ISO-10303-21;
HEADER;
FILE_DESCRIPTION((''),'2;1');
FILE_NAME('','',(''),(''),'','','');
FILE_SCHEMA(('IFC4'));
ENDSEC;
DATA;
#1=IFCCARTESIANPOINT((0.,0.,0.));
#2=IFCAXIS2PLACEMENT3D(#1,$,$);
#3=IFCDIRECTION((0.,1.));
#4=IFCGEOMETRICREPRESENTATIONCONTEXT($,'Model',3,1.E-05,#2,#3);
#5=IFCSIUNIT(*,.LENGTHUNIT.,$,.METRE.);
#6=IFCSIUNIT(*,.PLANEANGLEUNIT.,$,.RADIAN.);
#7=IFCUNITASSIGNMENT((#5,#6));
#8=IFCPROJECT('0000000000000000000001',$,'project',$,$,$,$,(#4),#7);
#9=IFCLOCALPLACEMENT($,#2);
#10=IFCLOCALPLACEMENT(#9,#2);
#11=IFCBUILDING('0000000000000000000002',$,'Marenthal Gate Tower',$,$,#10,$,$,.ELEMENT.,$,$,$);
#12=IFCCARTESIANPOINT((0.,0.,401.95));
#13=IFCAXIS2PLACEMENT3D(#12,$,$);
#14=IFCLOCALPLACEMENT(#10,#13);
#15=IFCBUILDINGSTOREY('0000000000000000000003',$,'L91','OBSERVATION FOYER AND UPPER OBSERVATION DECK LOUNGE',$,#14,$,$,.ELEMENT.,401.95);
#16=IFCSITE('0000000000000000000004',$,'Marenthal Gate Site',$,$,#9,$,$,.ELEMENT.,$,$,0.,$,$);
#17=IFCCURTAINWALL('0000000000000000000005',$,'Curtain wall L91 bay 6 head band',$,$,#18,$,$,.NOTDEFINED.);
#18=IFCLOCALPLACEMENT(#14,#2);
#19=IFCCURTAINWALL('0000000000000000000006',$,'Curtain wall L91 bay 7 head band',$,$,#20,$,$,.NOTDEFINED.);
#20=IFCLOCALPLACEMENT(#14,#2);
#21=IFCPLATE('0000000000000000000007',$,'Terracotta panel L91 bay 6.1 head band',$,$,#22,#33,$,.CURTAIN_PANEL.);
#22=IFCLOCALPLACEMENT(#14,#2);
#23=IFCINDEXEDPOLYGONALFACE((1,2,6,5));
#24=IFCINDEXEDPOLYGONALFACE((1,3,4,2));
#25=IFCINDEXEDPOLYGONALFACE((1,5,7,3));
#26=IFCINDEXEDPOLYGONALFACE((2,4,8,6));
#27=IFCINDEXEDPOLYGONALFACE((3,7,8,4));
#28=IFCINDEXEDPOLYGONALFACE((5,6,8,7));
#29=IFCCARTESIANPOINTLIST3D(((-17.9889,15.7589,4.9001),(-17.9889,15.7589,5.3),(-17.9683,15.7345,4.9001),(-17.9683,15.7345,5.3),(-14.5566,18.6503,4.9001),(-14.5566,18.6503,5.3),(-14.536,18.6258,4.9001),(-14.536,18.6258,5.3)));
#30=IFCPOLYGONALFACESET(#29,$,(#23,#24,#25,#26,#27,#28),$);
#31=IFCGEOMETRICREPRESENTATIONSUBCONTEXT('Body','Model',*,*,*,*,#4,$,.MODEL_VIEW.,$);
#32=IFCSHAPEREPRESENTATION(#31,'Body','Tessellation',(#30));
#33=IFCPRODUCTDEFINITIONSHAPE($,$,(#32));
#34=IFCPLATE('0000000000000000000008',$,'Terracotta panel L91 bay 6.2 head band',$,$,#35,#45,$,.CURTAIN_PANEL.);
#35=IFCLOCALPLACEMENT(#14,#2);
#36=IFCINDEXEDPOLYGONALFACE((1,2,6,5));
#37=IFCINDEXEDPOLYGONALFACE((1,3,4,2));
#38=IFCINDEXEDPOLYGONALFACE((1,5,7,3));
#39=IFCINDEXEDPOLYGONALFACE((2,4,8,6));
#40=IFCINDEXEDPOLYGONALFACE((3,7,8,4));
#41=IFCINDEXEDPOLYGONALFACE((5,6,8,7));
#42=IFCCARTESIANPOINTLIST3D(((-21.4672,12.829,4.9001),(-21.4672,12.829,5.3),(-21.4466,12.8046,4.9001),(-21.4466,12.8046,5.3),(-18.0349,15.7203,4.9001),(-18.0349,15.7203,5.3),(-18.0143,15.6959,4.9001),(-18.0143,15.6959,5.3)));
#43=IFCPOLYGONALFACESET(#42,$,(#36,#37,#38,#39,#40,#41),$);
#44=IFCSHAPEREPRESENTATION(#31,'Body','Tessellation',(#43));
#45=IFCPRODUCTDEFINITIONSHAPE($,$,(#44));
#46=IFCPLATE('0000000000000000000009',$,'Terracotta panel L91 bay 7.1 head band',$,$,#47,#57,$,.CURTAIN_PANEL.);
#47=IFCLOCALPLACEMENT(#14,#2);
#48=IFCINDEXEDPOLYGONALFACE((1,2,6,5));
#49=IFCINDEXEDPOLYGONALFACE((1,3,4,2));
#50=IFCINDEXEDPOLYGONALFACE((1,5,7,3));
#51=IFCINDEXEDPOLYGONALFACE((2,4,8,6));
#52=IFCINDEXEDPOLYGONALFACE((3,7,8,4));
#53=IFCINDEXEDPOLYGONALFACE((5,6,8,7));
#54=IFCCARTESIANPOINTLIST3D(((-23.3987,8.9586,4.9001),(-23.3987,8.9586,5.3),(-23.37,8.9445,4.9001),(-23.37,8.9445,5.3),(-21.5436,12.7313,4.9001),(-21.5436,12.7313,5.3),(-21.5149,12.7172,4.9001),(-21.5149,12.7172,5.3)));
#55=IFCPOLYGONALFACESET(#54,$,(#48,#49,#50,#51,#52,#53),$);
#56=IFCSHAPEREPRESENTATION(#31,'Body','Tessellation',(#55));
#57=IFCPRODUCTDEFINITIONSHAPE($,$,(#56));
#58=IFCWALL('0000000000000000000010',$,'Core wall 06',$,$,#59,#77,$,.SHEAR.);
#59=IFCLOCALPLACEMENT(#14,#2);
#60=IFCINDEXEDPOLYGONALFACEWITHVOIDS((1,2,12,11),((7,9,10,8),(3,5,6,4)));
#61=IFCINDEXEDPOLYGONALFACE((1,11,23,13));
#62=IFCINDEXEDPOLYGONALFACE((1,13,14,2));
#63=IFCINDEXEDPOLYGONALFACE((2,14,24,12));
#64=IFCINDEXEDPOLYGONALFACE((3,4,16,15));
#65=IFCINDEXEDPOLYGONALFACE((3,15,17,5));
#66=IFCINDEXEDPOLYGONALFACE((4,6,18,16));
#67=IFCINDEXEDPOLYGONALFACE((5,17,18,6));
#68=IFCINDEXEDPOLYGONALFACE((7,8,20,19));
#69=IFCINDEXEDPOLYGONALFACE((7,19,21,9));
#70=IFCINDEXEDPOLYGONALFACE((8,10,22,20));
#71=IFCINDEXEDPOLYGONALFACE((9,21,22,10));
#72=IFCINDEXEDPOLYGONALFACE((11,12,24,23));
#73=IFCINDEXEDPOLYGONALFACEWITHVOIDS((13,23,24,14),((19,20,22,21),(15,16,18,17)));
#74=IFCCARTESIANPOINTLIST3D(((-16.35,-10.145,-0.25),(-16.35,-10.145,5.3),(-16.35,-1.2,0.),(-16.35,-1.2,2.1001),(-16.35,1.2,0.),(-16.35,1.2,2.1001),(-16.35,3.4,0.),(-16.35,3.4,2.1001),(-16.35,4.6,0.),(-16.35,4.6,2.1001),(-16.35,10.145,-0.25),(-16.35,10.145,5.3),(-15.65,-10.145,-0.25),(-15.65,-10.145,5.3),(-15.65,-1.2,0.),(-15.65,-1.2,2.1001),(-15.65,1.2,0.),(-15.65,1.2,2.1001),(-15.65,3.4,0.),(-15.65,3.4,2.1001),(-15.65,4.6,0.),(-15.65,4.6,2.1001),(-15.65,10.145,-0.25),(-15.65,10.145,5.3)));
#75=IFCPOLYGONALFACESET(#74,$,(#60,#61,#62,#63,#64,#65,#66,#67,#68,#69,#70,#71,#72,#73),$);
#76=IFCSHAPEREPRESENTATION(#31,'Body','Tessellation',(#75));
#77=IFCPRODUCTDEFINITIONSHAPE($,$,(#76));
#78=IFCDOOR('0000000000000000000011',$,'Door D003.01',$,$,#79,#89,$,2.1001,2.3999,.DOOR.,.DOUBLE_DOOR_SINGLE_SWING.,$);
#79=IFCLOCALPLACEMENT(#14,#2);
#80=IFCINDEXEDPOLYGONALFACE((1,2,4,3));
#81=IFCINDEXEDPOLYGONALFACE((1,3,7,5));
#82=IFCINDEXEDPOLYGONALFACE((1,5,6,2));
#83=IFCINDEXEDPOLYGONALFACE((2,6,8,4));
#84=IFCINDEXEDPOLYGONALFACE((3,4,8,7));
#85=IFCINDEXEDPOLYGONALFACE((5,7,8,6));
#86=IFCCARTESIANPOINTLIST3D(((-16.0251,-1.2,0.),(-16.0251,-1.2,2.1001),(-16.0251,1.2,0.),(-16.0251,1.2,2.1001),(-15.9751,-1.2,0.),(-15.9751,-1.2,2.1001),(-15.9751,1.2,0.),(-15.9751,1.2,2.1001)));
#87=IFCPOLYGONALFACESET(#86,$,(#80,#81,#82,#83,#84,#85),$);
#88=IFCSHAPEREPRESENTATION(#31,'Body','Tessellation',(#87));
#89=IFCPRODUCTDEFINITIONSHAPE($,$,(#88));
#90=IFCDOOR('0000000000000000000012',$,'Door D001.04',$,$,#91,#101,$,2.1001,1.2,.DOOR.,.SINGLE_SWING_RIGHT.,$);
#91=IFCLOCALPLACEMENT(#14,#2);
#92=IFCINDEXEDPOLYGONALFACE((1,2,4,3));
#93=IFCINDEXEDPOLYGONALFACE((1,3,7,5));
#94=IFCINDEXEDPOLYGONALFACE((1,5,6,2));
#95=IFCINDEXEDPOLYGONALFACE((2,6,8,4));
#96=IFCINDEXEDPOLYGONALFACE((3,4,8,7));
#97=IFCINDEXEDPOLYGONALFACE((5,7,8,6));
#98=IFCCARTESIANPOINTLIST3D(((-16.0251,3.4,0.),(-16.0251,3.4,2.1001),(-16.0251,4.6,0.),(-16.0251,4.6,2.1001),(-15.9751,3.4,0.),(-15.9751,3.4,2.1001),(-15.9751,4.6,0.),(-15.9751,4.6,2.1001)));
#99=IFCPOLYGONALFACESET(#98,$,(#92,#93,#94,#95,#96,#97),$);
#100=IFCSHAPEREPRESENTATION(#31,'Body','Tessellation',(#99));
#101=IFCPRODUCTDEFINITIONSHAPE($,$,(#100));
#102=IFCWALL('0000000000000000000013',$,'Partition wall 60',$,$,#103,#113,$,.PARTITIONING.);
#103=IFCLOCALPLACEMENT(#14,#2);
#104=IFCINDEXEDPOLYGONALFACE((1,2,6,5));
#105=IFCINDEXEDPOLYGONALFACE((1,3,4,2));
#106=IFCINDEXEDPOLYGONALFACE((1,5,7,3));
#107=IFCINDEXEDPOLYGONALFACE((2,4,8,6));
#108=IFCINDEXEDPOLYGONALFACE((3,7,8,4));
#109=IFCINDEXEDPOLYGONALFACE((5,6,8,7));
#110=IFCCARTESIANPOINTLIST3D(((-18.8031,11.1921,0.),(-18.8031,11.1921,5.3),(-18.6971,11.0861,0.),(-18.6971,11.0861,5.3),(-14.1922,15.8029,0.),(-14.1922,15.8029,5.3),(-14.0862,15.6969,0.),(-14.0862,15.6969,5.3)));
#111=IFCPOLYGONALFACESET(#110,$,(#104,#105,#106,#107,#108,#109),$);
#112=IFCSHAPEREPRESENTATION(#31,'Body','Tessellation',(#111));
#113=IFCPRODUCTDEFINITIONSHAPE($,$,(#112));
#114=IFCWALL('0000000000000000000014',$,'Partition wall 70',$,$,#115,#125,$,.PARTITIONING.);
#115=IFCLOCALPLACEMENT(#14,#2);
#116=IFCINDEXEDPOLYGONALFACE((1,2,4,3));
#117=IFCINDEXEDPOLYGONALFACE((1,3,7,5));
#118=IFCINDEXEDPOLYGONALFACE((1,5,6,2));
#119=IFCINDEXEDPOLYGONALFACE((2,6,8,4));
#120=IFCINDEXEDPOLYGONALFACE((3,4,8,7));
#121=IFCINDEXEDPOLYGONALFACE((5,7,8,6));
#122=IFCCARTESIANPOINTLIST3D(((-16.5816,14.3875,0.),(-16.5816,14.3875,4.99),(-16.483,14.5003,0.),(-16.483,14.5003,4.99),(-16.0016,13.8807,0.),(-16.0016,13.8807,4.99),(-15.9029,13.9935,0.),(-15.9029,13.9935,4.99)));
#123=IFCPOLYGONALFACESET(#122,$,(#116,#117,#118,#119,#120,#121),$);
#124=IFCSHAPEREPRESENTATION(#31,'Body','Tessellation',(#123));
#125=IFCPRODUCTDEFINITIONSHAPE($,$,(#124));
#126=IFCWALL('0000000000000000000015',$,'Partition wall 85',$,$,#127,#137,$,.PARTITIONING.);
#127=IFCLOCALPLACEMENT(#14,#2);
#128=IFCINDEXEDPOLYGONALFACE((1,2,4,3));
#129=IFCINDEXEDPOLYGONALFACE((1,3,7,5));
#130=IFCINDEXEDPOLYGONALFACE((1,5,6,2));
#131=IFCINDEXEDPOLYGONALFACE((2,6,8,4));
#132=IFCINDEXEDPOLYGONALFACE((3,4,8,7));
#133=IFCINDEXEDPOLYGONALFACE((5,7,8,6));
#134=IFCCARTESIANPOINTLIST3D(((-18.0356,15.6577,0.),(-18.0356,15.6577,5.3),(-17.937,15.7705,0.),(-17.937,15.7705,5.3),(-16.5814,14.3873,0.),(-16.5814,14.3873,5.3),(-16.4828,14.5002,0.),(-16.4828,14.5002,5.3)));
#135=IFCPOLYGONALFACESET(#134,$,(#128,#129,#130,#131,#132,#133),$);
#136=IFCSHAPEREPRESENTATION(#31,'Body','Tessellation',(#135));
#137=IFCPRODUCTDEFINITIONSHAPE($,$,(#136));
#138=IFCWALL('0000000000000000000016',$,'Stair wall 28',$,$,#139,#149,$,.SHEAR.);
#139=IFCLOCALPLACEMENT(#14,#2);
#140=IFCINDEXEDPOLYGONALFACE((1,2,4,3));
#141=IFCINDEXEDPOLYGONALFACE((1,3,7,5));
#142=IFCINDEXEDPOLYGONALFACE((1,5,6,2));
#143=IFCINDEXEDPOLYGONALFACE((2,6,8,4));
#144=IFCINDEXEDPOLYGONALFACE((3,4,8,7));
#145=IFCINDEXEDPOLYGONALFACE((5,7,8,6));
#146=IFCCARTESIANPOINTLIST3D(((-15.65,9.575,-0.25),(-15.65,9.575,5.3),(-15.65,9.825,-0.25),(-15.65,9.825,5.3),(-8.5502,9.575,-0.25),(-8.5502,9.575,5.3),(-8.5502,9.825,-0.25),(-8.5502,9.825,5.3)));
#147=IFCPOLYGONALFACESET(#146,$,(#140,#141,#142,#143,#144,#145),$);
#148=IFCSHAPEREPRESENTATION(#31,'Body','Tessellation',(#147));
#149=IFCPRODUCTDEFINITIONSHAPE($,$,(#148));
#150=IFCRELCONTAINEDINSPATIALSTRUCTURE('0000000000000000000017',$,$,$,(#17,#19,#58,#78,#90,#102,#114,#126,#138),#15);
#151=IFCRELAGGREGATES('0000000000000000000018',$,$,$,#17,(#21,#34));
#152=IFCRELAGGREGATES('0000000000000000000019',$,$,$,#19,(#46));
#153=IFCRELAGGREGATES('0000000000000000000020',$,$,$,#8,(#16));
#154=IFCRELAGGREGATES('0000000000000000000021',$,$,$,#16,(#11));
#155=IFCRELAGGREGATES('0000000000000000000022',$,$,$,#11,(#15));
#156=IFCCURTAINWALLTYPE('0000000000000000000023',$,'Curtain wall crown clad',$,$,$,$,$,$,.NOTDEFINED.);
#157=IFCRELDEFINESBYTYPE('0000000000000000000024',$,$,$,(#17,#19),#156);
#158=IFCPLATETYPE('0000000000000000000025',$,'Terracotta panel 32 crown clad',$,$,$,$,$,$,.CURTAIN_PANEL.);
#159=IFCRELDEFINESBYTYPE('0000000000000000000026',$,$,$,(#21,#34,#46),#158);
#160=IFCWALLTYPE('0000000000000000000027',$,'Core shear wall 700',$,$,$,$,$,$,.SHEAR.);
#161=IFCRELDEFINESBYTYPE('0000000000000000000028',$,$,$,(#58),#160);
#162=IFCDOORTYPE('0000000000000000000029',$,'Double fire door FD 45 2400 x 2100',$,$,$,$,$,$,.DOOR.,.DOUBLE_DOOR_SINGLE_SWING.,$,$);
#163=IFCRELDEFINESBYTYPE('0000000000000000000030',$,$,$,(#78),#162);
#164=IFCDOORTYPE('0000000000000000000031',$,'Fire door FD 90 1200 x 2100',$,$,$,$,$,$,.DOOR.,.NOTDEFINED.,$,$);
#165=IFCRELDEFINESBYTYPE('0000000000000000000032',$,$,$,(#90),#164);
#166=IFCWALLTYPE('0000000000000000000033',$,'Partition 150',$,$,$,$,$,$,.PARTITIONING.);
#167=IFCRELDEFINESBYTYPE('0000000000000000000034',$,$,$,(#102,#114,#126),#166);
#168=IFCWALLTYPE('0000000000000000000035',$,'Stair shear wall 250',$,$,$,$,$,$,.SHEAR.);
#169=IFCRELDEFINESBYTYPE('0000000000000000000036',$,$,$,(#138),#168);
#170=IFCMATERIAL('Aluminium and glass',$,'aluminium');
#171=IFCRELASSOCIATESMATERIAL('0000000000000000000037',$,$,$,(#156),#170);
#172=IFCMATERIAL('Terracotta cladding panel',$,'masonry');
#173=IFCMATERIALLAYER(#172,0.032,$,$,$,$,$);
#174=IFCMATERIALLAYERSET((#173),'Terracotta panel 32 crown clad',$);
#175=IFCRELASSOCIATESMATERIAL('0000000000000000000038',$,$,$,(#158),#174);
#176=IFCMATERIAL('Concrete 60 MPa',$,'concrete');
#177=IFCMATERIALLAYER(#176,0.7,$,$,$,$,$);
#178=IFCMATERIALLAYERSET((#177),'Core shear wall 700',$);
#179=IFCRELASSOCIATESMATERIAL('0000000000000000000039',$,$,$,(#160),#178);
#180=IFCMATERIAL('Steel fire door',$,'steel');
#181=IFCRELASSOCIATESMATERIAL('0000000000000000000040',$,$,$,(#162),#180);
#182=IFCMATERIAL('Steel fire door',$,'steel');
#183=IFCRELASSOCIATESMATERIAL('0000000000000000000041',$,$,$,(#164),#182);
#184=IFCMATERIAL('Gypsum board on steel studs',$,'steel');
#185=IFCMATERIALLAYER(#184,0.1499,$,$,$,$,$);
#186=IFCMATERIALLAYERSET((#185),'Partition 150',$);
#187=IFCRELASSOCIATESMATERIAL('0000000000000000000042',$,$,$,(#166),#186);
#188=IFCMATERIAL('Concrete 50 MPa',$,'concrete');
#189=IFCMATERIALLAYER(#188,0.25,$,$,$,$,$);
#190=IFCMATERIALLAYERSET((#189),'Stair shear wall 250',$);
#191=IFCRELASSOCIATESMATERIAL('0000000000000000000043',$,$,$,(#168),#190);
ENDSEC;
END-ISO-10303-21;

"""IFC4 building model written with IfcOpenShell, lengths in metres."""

from ifc_helpers import new_model, si_unit, direction, frame, frame_2d, origin, origin_2d, place, context, subcontext, project, spatial, rectangle, extrude, material, layer, layer_set, type_object, element, fill, aggregate, save


model = new_model("IFC4")

# Units and contexts
model_context = context("Model", 3, precision=1e-05, world=origin(), true_north=direction((0.0, 1.0)))
body_context = subcontext(model_context, "Body", "Model", "MODEL_VIEW")
ifc_project = project(units=[si_unit("LENGTHUNIT", "METRE"), si_unit("PLANEANGLEUNIT", "RADIAN")], contexts=[model_context])

# Site, building, storey
site_placement = place(None, origin())
site = spatial("IfcSite", under=ifc_project, at=site_placement, Name="Marenthal Gate Site", CompositionType="ELEMENT", RefElevation=0.0)
building_placement = place(site_placement, origin())
building = spatial("IfcBuilding", under=site, at=building_placement, Name="Marenthal Gate Tower", CompositionType="ELEMENT")
storey_placement = place(building_placement, frame((0.0, 0.0, 401.95)))
storey = spatial("IfcBuildingStorey", under=building, at=storey_placement, Name="L91", Description="OBSERVATION FOYER AND UPPER OBSERVATION DECK LOUNGE", CompositionType="ELEMENT", Elevation=401.95)

# Curtain wall
ifc_material_1 = material(Name="Aluminium and glass", Category="aluminium")
curtain_wall_type_1 = type_object("IfcCurtainWallType", Name="Curtain wall crown clad", PredefinedType="NOTDEFINED", material=ifc_material_1)
curtain_wall_1_placement = place(storey_placement, origin())
curtain_wall_1 = element("IfcCurtainWall", 1, at=curtain_wall_1_placement, inside=storey, type_object=curtain_wall_type_1, Name="Curtain wall L91 bay 6 head band", PredefinedType="NOTDEFINED")

# Curtain wall
curtain_wall_2_placement = place(storey_placement, origin())
curtain_wall_2 = element("IfcCurtainWall", 2, at=curtain_wall_2_placement, inside=storey, type_object=curtain_wall_type_1, Name="Curtain wall L91 bay 7 head band", PredefinedType="NOTDEFINED")

# Plates
ifc_material_2 = material(Name="Terracotta cladding panel", Category="masonry")
ifc_layer_1 = layer(ifc_material_2, 0.032)
ifc_layer_set_1 = layer_set([ifc_layer_1], Name="Terracotta panel 32 crown clad")
plate_type_1 = type_object("IfcPlateType", Name="Terracotta panel 32 crown clad", PredefinedType="CURTAIN_PANEL", material=ifc_layer_set_1)
plate_1_placement = place(storey_placement, frame((-16.2625, 17.1924, 4.9001), z_axis=(0.0, 0.0, 1.0), x_axis=(-0.764802, -0.644265, 0.0)))
plate_1 = element("IfcPlate", 3, at=plate_1_placement, type_object=plate_type_1, Name="Terracotta panel L91 bay 6.1 head band", PredefinedType="CURTAIN_PANEL", context=body_context, shape_type="SweptSolid", body=[
    extrude(rectangle(XDim=4.4878, YDim=0.032, at=origin_2d()), origin(), (0.0, 0.0, 1.0), 0.3999),
])
plate_2_placement = place(storey_placement, frame((-19.7407, 14.2625, 4.9001), z_axis=(0.0, 0.0, 1.0), x_axis=(-0.764802, -0.644265, 0.0)))
plate_2 = element("IfcPlate", 4, at=plate_2_placement, type_object=plate_type_1, Name="Terracotta panel L91 bay 6.2 head band", PredefinedType="CURTAIN_PANEL", context=body_context, shape_type="SweptSolid", body=[
    extrude(rectangle(XDim=4.4878, YDim=0.032, at=origin_2d()), origin(), (0.0, 0.0, 1.0), 0.3999),
])
aggregate(curtain_wall_1, [plate_1, plate_2])
plate_3_placement = place(storey_placement, frame((-22.4568, 10.8379, 4.9001), z_axis=(0.0, 0.0, 1.0), x_axis=(-0.441247, -0.897386, 0.0)))
plate_3 = element("IfcPlate", 5, at=plate_3_placement, type_object=plate_type_1, Name="Terracotta panel L91 bay 7.1 head band", PredefinedType="CURTAIN_PANEL", context=body_context, shape_type="SweptSolid", body=[
    extrude(rectangle(XDim=4.2041, YDim=0.032, at=origin_2d()), origin(), (0.0, 0.0, 1.0), 0.3999),
])
aggregate(curtain_wall_2, [plate_3])

# Wall, openings, doors
ifc_material_3 = material(Name="Concrete 60 MPa", Category="concrete")
ifc_layer_2 = layer(ifc_material_3, 0.7)
ifc_layer_set_2 = layer_set([ifc_layer_2], Name="Core shear wall 700")
wall_type_1 = type_object("IfcWallType", Name="Core shear wall 700", PredefinedType="SHEAR", material=ifc_layer_set_2)
wall_1_placement = place(storey_placement, frame((-16.0, 10.145, -0.25), z_axis=(0.0, 0.0, 1.0), x_axis=(0.0, -1.0, 0.0)))
wall_1 = element("IfcWall", 6, at=wall_1_placement, inside=storey, type_object=wall_type_1, Name="Core wall 06", PredefinedType="SHEAR", context=body_context, shape_type="SweptSolid", body=[
    extrude(rectangle(XDim=20.29, YDim=0.7, at=frame_2d((10.145, 0.0))), origin(), (0.0, 0.0, 1.0), 5.55),
])
opening_1_placement = place(wall_1_placement, frame((8.9451, 0.0, 0.25)))
opening_1 = element("IfcOpeningElement", 7, at=opening_1_placement, cuts=wall_1, PredefinedType="OPENING", context=body_context, shape_type="SweptSolid", body=[
    extrude(rectangle(XDim=2.3999, YDim=2.1001, at=frame_2d((1.2, 1.05))), frame((0.0, 0.3599, 0.0), z_axis=(0.0, -1.0, 0.0), x_axis=(1.0, 0.0, 0.0)), (0.0, 0.0, 1.0), 0.72),
])
opening_2_placement = place(wall_1_placement, frame((5.5449, 0.0, 0.25)))
opening_2 = element("IfcOpeningElement", 8, at=opening_2_placement, cuts=wall_1, PredefinedType="OPENING", context=body_context, shape_type="SweptSolid", body=[
    extrude(rectangle(XDim=1.2, YDim=2.1001, at=frame_2d((0.6001, 1.05))), frame((0.0, 0.3599, 0.0), z_axis=(0.0, -1.0, 0.0), x_axis=(1.0, 0.0, 0.0)), (0.0, 0.0, 1.0), 0.72),
])
ifc_material_4 = material(Name="Steel fire door", Category="steel")
door_type_1 = type_object("IfcDoorType", Name="Double fire door FD 45 2400 x 2100", OperationType="DOUBLE_DOOR_SINGLE_SWING", PredefinedType="DOOR", material=ifc_material_4)
door_1_placement = place(opening_1_placement, origin())
door_1 = element("IfcDoor", 9, at=door_1_placement, inside=storey, type_object=door_type_1, Name="Door D003.01", OperationType="DOUBLE_DOOR_SINGLE_SWING", OverallHeight=2.1001, OverallWidth=2.3999, PredefinedType="DOOR", context=body_context, shape_type="SweptSolid", body=[
    extrude(rectangle(XDim=2.3999, YDim=2.1001, at=frame_2d((1.2, 1.05))), frame((0.0, 0.0249, 0.0), z_axis=(0.0, -1.0, 0.0), x_axis=(1.0, 0.0, 0.0)), (0.0, 0.0, 1.0), 0.05),
])
fill(opening_1, door_1)
ifc_material_5 = material(Name="Steel fire door", Category="steel")
door_type_2 = type_object("IfcDoorType", Name="Fire door FD 90 1200 x 2100", OperationType="NOTDEFINED", PredefinedType="DOOR", material=ifc_material_5)
door_2_placement = place(opening_2_placement, origin())
door_2 = element("IfcDoor", 10, at=door_2_placement, inside=storey, type_object=door_type_2, Name="Door D001.04", OperationType="SINGLE_SWING_RIGHT", OverallHeight=2.1001, OverallWidth=1.2, PredefinedType="DOOR", context=body_context, shape_type="SweptSolid", body=[
    extrude(rectangle(XDim=1.2, YDim=2.1001, at=frame_2d((0.6001, 1.05))), frame((0.0, 0.0249, 0.0), z_axis=(0.0, -1.0, 0.0), x_axis=(1.0, 0.0, 0.0)), (0.0, 0.0, 1.0), 0.05),
])
fill(opening_2, door_2)

# Walls
ifc_material_6 = material(Name="Gypsum board on steel studs", Category="steel")
ifc_layer_3 = layer(ifc_material_6, 0.1499)
ifc_layer_set_3 = layer_set([ifc_layer_3], Name="Partition 150")
wall_type_2 = type_object("IfcWallType", Name="Partition 150", PredefinedType="PARTITIONING", material=ifc_layer_set_3)
wall_2_placement = place(storey_placement, frame((-18.75, 11.1392, 0.0), z_axis=(0.0, 0.0, 1.0), x_axis=(0.707107, 0.707107, 0.0)))
element("IfcWall", 11, at=wall_2_placement, inside=storey, type_object=wall_type_2, Name="Partition wall 60", PredefinedType="PARTITIONING", context=body_context, shape_type="SweptSolid", body=[
    extrude(rectangle(XDim=6.5208, YDim=0.1499, at=frame_2d((3.2603, 0.0))), origin(), (0.0, 0.0, 1.0), 5.3),
])
wall_3_placement = place(storey_placement, frame((-15.9521, 13.937, 0.0), z_axis=(0.0, 0.0, 1.0), x_axis=(-0.753048, 0.657966, 0.0)))
element("IfcWall", 12, at=wall_3_placement, inside=storey, type_object=wall_type_2, Name="Partition wall 70", PredefinedType="PARTITIONING", context=body_context, shape_type="SweptSolid", body=[
    extrude(rectangle(XDim=0.7703, YDim=0.1499, at=frame_2d((0.3853, 0.0))), origin(), (0.0, 0.0, 1.0), 4.99),
])
wall_4_placement = place(storey_placement, frame((-16.5322, 14.4438, 0.0), z_axis=(0.0, 0.0, 1.0), x_axis=(-0.753109, 0.657896, 0.0)))
element("IfcWall", 13, at=wall_4_placement, inside=storey, type_object=wall_type_2, Name="Partition wall 85", PredefinedType="PARTITIONING", context=body_context, shape_type="SweptSolid", body=[
    extrude(rectangle(XDim=1.9309, YDim=0.1499, at=frame_2d((0.9653, 0.0))), origin(), (0.0, 0.0, 1.0), 5.3),
])
ifc_material_7 = material(Name="Concrete 50 MPa", Category="concrete")
ifc_layer_4 = layer(ifc_material_7, 0.25)
ifc_layer_set_4 = layer_set([ifc_layer_4], Name="Stair shear wall 250")
wall_type_3 = type_object("IfcWallType", Name="Stair shear wall 250", PredefinedType="SHEAR", material=ifc_layer_set_4)
wall_5_placement = place(storey_placement, frame((-15.6499, 9.7, -0.25), z_axis=(0.0, 0.0, 1.0), x_axis=(1.0, 0.0, 0.0)))
element("IfcWall", 14, at=wall_5_placement, inside=storey, type_object=wall_type_3, Name="Stair wall 28", PredefinedType="SHEAR", context=body_context, shape_type="SweptSolid", body=[
    extrude(rectangle(XDim=7.0999, YDim=0.25, at=frame_2d((3.5498, 0.0))), origin(), (0.0, 0.0, 1.0), 5.55),
])

save(model, "model.ifc")
